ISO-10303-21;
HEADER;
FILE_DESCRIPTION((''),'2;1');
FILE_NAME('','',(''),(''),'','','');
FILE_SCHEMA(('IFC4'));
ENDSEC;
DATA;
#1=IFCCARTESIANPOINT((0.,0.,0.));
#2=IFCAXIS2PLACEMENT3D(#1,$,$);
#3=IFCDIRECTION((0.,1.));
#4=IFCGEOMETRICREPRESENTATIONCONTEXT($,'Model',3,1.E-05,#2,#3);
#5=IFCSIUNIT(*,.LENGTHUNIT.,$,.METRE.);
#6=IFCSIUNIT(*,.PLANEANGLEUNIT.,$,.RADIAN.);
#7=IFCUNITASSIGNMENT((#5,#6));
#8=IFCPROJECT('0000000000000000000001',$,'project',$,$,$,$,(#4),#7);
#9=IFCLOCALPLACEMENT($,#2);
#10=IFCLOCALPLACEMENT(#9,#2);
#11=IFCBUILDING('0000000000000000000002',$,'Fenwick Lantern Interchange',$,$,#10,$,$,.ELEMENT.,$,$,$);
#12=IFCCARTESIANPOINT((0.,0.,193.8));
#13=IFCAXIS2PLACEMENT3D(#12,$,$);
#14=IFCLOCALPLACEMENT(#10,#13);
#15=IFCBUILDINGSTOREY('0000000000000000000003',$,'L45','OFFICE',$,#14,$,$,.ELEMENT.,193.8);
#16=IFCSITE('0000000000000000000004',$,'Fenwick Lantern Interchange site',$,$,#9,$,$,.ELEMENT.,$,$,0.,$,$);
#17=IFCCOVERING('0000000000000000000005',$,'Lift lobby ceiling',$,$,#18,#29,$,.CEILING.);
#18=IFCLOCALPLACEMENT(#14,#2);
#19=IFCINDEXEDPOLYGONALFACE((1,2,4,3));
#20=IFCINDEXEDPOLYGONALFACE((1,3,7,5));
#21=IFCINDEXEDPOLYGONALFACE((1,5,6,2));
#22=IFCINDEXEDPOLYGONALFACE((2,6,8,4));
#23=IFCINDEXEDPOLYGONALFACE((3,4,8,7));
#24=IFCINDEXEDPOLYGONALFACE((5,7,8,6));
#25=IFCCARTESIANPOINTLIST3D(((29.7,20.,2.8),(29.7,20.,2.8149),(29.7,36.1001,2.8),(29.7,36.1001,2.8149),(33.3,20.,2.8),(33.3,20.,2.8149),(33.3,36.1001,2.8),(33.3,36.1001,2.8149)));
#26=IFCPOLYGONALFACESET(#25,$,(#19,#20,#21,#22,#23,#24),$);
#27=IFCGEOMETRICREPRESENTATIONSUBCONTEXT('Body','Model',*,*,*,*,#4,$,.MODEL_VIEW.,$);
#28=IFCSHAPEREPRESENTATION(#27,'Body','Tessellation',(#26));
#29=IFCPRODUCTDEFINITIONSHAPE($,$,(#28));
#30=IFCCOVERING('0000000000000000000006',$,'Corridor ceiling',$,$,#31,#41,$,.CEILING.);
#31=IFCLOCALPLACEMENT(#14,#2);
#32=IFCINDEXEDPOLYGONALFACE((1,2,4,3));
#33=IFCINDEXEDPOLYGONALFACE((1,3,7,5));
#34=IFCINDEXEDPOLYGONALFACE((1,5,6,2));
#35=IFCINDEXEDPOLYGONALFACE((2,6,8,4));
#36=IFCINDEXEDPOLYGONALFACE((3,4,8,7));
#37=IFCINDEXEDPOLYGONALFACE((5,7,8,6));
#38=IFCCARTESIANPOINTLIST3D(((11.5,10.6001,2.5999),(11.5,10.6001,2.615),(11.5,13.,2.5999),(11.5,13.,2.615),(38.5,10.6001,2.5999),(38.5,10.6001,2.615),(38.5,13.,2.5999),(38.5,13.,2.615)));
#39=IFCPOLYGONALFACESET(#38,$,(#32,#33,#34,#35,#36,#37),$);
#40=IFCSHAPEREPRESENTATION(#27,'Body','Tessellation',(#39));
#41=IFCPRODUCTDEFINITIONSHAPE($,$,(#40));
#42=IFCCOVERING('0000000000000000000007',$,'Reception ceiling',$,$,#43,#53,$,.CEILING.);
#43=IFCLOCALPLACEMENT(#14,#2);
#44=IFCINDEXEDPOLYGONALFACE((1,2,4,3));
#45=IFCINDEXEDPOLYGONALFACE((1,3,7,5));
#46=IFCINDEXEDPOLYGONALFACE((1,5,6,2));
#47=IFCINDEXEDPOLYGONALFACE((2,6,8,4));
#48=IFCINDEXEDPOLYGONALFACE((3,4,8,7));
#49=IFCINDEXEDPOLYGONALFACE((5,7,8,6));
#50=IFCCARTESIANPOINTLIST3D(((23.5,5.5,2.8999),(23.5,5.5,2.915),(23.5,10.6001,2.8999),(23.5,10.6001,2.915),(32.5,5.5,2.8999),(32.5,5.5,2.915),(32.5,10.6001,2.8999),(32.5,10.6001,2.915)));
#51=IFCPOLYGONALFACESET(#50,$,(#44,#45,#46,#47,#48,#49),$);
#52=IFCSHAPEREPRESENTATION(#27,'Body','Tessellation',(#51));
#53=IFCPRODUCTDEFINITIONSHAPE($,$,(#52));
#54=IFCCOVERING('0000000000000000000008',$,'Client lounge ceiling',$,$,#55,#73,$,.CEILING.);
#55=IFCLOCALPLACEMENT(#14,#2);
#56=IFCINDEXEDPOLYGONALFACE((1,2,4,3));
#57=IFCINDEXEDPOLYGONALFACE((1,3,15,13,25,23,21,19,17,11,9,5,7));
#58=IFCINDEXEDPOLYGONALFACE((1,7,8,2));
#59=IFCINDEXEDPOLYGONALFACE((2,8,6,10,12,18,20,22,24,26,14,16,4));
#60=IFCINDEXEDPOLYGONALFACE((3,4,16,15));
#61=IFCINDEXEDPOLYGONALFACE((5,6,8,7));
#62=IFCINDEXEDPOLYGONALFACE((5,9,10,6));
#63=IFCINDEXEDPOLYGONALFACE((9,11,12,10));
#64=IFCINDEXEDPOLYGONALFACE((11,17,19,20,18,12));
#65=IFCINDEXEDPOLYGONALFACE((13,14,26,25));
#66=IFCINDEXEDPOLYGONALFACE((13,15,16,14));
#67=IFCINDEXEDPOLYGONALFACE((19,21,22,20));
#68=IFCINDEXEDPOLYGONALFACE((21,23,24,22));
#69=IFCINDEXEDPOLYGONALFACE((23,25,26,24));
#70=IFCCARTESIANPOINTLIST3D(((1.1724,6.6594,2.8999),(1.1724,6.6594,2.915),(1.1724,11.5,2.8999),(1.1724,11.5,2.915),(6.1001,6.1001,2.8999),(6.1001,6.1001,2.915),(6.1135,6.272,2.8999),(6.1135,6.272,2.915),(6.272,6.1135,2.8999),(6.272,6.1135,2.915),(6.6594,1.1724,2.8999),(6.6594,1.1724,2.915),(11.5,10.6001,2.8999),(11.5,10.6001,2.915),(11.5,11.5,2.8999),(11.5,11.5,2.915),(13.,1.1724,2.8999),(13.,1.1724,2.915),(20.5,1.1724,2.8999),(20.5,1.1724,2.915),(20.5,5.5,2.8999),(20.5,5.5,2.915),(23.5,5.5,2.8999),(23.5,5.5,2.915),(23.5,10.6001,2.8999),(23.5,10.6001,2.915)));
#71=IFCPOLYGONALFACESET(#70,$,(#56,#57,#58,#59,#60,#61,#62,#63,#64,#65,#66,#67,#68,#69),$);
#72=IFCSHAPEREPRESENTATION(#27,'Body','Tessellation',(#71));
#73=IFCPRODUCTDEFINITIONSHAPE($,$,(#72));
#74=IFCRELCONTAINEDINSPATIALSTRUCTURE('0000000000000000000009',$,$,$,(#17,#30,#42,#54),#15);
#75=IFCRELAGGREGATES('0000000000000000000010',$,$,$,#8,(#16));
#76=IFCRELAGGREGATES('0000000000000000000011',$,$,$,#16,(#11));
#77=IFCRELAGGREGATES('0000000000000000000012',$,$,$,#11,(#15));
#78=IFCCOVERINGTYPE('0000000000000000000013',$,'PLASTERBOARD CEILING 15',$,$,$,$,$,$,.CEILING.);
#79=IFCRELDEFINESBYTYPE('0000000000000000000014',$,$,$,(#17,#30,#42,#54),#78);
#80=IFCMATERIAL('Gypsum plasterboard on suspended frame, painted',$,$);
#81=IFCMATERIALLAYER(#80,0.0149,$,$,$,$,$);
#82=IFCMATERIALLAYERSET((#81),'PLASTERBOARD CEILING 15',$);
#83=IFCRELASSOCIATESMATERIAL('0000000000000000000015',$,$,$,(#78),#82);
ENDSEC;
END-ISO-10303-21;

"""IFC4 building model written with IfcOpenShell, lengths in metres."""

from ifc_helpers import new_model, si_unit, direction, frame, origin, place, context, subcontext, project, spatial, polyline, outline, extrude, material, layer, layer_set, type_object, element, save


model = new_model("IFC4")

# Units and contexts
model_context = context("Model", 3, precision=1e-05, world=origin(), true_north=direction((0.0, 1.0)))
body_context = subcontext(model_context, "Body", "Model", "MODEL_VIEW")
ifc_project = project(units=[si_unit("LENGTHUNIT", "METRE"), si_unit("PLANEANGLEUNIT", "RADIAN")], contexts=[model_context])

# Site, building, storey
site_placement = place(None, origin())
site = spatial("IfcSite", under=ifc_project, at=site_placement, Name="Fenwick Lantern Interchange site", CompositionType="ELEMENT", RefElevation=0.0)
building_placement = place(site_placement, origin())
building = spatial("IfcBuilding", under=site, at=building_placement, Name="Fenwick Lantern Interchange", CompositionType="ELEMENT")
storey_placement = place(building_placement, frame((0.0, 0.0, 193.8)))
storey = spatial("IfcBuildingStorey", under=building, at=storey_placement, Name="L45", Description="OFFICE", CompositionType="ELEMENT", Elevation=193.8)

# Coverings
ifc_material_1 = material(Name="Gypsum plasterboard on suspended frame, painted")
ifc_layer_1 = layer(ifc_material_1, 0.0149)
ifc_layer_set_1 = layer_set([ifc_layer_1], Name="PLASTERBOARD CEILING 15")
covering_type_1 = type_object("IfcCoveringType", Name="PLASTERBOARD CEILING 15", PredefinedType="CEILING", material=ifc_layer_set_1)
covering_1_placement = place(storey_placement, frame((0.0, 0.0, 2.8)))
element("IfcCovering", 1, at=covering_1_placement, inside=storey, type_object=covering_type_1, Name="Lift lobby ceiling", PredefinedType="CEILING", context=body_context, shape_type="SweptSolid", body=[
    extrude(outline(polyline([(33.3, 36.1001), (29.7, 36.1001), (29.7, 20.0), (33.3, 20.0), (33.3, 36.1001)])), origin(), (0.0, 0.0, 1.0), 0.0149),
])
covering_2_placement = place(storey_placement, frame((0.0, 0.0, 2.5999)))
element("IfcCovering", 2, at=covering_2_placement, inside=storey, type_object=covering_type_1, Name="Corridor ceiling", PredefinedType="CEILING", context=body_context, shape_type="SweptSolid", body=[
    extrude(outline(polyline([(11.5, 10.6001), (38.5, 10.6001), (38.5, 13.0), (11.5, 13.0), (11.5, 10.6001)])), origin(), (0.0, 0.0, 1.0), 0.0151),
])
covering_3_placement = place(storey_placement, frame((0.0, 0.0, 2.8999)))
element("IfcCovering", 3, at=covering_3_placement, inside=storey, type_object=covering_type_1, Name="Reception ceiling", PredefinedType="CEILING", context=body_context, shape_type="SweptSolid", body=[
    extrude(outline(polyline([(23.5, 5.5), (32.5, 5.5), (32.5, 10.6001), (23.5, 10.6001), (23.5, 5.5)])), origin(), (0.0, 0.0, 1.0), 0.0151),
])
covering_4_placement = place(storey_placement, frame((0.0, 0.0, 2.8999)))
element("IfcCovering", 4, at=covering_4_placement, inside=storey, type_object=covering_type_1, Name="Client lounge ceiling", PredefinedType="CEILING", context=body_context, shape_type="SweptSolid", body=[
    extrude(outline(polyline([(11.5, 11.5), (1.1724, 11.5), (1.1724, 6.6594), (6.1135, 6.272), (6.1001, 6.1001), (6.272, 6.1135), (6.6594, 1.1724), (13.0, 1.1724), (20.5, 1.1724), (20.5, 5.5), (23.5, 5.5), (23.5, 10.6001), (11.5, 10.6001), (11.5, 11.5)])), origin(), (0.0, 0.0, 1.0), 0.0151),
])

save(model, "model.ifc")
